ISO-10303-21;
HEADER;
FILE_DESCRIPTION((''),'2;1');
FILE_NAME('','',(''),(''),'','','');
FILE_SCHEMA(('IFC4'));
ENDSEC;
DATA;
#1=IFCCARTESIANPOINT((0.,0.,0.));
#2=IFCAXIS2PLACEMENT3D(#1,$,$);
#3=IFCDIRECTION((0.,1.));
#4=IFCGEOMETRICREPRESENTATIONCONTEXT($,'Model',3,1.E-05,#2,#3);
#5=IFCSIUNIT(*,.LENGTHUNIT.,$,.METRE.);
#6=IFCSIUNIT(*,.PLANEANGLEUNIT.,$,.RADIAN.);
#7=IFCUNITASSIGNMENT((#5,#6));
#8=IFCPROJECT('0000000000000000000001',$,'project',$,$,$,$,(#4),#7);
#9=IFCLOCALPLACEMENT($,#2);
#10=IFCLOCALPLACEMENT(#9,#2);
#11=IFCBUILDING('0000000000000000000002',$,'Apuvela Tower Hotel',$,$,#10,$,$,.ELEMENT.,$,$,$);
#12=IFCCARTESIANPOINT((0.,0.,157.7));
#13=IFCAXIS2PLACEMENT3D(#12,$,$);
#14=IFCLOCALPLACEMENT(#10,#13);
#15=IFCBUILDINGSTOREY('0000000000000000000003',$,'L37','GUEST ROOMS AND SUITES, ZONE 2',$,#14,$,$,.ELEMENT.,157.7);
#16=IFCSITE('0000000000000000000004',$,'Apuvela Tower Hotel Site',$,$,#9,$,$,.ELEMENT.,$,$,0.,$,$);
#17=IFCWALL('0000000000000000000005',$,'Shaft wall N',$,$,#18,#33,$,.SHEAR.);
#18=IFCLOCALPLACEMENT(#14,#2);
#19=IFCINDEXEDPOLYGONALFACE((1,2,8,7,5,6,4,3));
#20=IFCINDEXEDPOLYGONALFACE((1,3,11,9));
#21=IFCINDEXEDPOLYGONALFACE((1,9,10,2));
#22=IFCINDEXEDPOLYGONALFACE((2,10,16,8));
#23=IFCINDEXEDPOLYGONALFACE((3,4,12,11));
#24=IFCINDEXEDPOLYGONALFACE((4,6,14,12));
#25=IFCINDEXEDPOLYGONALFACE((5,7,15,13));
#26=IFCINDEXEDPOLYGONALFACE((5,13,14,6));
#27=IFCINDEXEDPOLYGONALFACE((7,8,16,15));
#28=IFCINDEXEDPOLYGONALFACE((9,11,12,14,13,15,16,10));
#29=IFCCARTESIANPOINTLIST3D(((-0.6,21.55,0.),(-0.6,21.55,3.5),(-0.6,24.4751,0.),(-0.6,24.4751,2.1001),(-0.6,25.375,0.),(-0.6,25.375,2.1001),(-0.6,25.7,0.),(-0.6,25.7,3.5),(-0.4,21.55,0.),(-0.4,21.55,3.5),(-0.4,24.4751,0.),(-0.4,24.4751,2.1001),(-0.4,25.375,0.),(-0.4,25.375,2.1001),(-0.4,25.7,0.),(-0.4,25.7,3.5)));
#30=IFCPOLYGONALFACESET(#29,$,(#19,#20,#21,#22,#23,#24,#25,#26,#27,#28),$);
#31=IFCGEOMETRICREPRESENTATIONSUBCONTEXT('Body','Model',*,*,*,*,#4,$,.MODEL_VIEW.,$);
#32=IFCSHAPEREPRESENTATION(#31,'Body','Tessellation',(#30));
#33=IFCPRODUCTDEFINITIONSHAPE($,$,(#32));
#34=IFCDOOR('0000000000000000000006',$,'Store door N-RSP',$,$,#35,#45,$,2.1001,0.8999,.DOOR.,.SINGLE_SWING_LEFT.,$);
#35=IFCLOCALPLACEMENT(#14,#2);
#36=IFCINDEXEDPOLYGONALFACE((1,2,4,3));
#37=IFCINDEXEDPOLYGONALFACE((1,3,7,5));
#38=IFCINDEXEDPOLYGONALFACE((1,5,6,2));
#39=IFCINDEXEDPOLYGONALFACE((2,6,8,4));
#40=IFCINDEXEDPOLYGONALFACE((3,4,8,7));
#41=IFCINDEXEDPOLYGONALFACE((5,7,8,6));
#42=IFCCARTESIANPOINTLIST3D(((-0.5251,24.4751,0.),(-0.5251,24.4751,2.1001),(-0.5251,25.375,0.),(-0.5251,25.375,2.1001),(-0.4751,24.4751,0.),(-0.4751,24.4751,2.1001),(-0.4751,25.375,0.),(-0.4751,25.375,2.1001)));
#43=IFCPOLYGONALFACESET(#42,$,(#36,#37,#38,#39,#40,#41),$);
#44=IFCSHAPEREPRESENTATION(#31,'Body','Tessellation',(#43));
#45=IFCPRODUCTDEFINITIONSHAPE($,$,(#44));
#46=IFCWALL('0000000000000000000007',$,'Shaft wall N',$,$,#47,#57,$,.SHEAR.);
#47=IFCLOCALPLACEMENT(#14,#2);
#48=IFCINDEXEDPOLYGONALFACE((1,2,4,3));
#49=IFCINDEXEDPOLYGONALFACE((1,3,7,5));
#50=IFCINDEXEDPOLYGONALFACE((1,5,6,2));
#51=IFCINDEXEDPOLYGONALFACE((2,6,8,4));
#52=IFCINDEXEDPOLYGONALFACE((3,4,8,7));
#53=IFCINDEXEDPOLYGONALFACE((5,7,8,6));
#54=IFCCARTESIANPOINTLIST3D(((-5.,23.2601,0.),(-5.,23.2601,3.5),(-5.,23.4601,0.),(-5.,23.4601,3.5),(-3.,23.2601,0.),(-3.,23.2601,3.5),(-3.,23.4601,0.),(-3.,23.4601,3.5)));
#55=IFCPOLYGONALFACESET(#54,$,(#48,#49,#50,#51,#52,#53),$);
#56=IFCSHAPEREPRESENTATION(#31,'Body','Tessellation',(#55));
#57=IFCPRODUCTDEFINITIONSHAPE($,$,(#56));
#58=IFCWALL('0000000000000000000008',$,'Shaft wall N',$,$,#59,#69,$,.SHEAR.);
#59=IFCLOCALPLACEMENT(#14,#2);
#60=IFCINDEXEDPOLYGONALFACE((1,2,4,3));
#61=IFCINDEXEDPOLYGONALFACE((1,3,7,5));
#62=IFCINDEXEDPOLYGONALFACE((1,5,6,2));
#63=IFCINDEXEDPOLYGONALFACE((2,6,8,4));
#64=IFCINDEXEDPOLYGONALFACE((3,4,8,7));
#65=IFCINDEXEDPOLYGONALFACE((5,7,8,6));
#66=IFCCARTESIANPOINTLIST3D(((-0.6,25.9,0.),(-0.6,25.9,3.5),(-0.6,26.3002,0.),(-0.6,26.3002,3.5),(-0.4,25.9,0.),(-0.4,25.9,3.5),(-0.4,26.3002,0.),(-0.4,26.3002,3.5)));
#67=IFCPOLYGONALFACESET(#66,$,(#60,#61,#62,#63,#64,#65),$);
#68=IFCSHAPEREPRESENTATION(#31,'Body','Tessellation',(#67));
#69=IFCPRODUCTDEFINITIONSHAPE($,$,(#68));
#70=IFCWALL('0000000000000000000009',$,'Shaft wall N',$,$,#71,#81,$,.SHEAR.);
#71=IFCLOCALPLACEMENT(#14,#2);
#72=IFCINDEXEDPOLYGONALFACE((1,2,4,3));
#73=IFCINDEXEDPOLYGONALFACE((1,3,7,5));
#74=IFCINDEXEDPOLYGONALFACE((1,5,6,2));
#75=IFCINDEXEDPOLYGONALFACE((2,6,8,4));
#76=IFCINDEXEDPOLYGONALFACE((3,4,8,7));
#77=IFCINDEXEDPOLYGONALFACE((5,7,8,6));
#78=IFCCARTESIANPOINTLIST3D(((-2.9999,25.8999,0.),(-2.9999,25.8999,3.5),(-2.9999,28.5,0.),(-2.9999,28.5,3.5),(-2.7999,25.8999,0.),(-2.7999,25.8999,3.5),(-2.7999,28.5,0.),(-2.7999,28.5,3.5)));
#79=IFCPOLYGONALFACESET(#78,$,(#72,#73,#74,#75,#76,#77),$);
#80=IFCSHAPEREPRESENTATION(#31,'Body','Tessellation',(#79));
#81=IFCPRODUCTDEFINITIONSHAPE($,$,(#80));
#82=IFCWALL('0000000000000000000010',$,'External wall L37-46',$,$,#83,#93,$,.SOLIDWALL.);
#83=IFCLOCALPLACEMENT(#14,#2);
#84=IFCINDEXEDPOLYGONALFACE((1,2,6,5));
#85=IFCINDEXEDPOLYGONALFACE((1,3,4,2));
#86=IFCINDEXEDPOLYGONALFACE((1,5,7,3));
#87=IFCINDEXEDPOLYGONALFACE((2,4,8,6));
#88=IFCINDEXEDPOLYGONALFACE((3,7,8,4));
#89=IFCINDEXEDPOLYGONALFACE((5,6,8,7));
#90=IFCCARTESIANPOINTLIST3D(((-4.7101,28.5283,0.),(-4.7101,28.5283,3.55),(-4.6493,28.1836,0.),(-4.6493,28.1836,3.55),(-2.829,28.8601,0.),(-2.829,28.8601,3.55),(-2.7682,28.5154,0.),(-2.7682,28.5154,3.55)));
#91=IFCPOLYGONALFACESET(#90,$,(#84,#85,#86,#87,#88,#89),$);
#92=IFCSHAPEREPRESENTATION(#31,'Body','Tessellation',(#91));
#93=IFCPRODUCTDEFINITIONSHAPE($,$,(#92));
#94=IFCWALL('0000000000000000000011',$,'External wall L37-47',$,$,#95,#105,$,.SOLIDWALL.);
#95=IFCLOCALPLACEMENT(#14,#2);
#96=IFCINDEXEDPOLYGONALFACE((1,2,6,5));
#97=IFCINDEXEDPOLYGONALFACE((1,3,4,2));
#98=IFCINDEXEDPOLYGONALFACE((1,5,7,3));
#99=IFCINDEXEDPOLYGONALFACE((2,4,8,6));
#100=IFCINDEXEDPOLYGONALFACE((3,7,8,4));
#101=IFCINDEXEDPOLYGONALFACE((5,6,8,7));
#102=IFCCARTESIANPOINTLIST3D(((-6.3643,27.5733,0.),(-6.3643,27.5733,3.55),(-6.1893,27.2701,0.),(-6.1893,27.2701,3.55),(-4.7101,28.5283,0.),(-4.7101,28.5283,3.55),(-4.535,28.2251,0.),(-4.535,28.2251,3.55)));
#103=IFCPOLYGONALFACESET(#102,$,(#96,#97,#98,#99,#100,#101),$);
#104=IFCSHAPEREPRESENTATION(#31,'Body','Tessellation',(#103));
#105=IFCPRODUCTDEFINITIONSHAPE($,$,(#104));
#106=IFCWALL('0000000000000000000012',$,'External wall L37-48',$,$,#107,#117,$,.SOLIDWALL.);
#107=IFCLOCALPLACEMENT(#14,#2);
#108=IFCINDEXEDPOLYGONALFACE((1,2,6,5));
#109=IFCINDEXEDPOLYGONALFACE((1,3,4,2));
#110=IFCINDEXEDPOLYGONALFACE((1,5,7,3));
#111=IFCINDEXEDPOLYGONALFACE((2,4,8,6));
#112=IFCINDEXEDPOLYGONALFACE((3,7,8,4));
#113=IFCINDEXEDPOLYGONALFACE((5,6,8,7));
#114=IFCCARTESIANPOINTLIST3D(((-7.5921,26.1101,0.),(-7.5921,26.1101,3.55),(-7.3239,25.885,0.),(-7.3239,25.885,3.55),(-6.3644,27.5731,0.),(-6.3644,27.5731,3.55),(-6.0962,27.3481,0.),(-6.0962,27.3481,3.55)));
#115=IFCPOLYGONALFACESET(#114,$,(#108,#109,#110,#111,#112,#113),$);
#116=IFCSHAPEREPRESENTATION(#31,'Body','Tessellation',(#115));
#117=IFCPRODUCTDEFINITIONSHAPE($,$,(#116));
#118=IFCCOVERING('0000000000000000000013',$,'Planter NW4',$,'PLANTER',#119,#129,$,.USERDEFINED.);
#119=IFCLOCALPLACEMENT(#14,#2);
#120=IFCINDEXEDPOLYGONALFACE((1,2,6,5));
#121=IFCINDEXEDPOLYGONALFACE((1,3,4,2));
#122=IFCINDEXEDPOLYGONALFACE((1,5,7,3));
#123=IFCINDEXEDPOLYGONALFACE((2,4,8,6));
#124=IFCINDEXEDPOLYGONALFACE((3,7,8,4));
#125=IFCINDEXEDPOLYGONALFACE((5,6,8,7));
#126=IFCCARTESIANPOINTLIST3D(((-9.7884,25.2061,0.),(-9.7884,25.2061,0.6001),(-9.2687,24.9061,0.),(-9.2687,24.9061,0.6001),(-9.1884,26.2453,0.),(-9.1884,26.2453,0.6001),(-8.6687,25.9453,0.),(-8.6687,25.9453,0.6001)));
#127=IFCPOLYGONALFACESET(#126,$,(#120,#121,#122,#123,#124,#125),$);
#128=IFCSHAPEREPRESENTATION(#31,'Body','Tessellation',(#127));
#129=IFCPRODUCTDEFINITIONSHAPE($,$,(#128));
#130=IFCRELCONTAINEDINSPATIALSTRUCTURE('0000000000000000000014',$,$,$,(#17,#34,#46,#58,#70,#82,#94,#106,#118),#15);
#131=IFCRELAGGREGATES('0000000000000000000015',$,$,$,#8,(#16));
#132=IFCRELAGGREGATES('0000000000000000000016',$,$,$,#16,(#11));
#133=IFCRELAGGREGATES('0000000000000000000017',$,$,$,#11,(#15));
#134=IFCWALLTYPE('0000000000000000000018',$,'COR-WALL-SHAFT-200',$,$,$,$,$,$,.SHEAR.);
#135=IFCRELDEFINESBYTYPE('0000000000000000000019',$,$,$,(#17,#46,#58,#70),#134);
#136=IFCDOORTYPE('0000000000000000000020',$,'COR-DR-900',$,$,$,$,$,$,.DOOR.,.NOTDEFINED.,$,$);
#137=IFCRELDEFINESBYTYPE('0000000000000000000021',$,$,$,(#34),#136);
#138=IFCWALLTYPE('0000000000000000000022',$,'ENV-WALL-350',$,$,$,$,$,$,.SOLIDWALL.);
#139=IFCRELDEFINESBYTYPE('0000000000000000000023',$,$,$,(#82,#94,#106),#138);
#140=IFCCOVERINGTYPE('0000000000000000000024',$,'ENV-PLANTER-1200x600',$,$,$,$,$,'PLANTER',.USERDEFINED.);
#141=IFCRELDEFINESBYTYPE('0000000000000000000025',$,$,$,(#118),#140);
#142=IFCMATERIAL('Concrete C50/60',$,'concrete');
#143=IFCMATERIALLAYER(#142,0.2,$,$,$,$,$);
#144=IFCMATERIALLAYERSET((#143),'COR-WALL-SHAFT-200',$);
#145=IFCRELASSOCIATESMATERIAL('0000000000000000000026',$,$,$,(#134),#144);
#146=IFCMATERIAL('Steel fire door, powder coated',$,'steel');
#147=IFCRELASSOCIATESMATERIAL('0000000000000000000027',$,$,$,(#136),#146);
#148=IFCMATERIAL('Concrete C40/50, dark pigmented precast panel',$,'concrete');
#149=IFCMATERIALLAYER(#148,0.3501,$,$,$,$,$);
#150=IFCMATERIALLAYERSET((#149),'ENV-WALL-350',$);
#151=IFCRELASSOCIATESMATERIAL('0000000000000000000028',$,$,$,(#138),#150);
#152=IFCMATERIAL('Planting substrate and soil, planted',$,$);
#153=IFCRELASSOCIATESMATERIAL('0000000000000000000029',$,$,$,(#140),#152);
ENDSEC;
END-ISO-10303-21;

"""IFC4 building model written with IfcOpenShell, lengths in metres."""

from ifc_helpers import new_model, si_unit, direction, frame, frame_2d, origin, origin_2d, place, context, subcontext, project, spatial, rectangle, extrude, material, layer, layer_set, type_object, element, fill, save


model = new_model("IFC4")

# Units and contexts
model_context = context("Model", 3, precision=1e-05, world=origin(), true_north=direction((0.0, 1.0)))
body_context = subcontext(model_context, "Body", "Model", "MODEL_VIEW")
ifc_project = project(units=[si_unit("LENGTHUNIT", "METRE"), si_unit("PLANEANGLEUNIT", "RADIAN")], contexts=[model_context])

# Site, building, storey
site_placement = place(None, origin())
site = spatial("IfcSite", under=ifc_project, at=site_placement, Name="Apuvela Tower Hotel Site", CompositionType="ELEMENT", RefElevation=0.0)
building_placement = place(site_placement, origin())
building = spatial("IfcBuilding", under=site, at=building_placement, Name="Apuvela Tower Hotel", CompositionType="ELEMENT")
storey_placement = place(building_placement, frame((0.0, 0.0, 157.7)))
storey = spatial("IfcBuildingStorey", under=building, at=storey_placement, Name="L37", Description="GUEST ROOMS AND SUITES, ZONE 2", CompositionType="ELEMENT", Elevation=157.7)

# Shared definitions
ifc_material_1 = material(Name="Concrete C50/60", Category="concrete")
ifc_layer_1 = layer(ifc_material_1, 0.2)
ifc_layer_set_1 = layer_set([ifc_layer_1], Name="COR-WALL-SHAFT-200")
wall_type_1 = type_object("IfcWallType", Name="COR-WALL-SHAFT-200", PredefinedType="SHEAR", material=ifc_layer_set_1)

# Wall, opening, door
wall_1_placement = place(storey_placement, frame((-0.5, 21.55, 0.0), z_axis=(0.0, 0.0, 1.0), x_axis=(0.0, 1.0, 0.0)))
wall_1 = element("IfcWall", 1, at=wall_1_placement, inside=storey, type_object=wall_type_1, Name="Shaft wall N", PredefinedType="SHEAR", context=body_context, shape_type="SweptSolid", body=[
    extrude(rectangle(XDim=4.1499, YDim=0.2, at=frame_2d((2.075, 0.0))), origin(), (0.0, 0.0, 1.0), 3.5),
])
opening_1_placement = place(wall_1_placement, frame((2.925, 0.0, 0.0)))
opening_1 = element("IfcOpeningElement", 2, at=opening_1_placement, cuts=wall_1, PredefinedType="OPENING", context=body_context, shape_type="SweptSolid", body=[
    extrude(rectangle(XDim=0.8999, YDim=2.1001, at=frame_2d((0.45, 1.05))), frame((0.0, 0.1099, 0.0), z_axis=(0.0, -1.0, 0.0), x_axis=(1.0, 0.0, 0.0)), (0.0, 0.0, 1.0), 0.22),
])
ifc_material_2 = material(Name="Steel fire door, powder coated", Category="steel")
door_type_1 = type_object("IfcDoorType", Name="COR-DR-900", OperationType="NOTDEFINED", PredefinedType="DOOR", material=ifc_material_2)
door_1_placement = place(opening_1_placement, frame((0.8999, 0.0, 0.0), z_axis=(0.0, 0.0, 1.0), x_axis=(-1.0, 0.0, 0.0)))
door_1 = element("IfcDoor", 3, at=door_1_placement, inside=storey, type_object=door_type_1, Name="Store door N-RSP", OperationType="SINGLE_SWING_LEFT", OverallHeight=2.1001, OverallWidth=0.8999, PredefinedType="DOOR", context=body_context, shape_type="SweptSolid", body=[
    extrude(rectangle(XDim=0.8999, YDim=2.1001, at=frame_2d((0.45, 1.05))), frame((0.0, 0.0249, 0.0), z_axis=(0.0, -1.0, 0.0), x_axis=(1.0, 0.0, 0.0)), (0.0, 0.0, 1.0), 0.05),
])
fill(opening_1, door_1)

# Walls
wall_2_placement = place(storey_placement, frame((-3.0, 23.3601, 0.0), z_axis=(0.0, 0.0, 1.0), x_axis=(-1.0, 0.0, 0.0)))
element("IfcWall", 4, at=wall_2_placement, inside=storey, type_object=wall_type_1, Name="Shaft wall N", PredefinedType="SHEAR", context=body_context, shape_type="SweptSolid", body=[
    extrude(rectangle(XDim=2.0, YDim=0.2, at=frame_2d((1.0, 0.0))), origin(), (0.0, 0.0, 1.0), 3.5),
])
wall_3_placement = place(storey_placement, frame((-0.5, 25.8999, 0.0), z_axis=(0.0, 0.0, 1.0), x_axis=(0.0, 1.0, 0.0)))
element("IfcWall", 5, at=wall_3_placement, inside=storey, type_object=wall_type_1, Name="Shaft wall N", PredefinedType="SHEAR", context=body_context, shape_type="SweptSolid", body=[
    extrude(rectangle(XDim=0.4001, YDim=0.2, at=frame_2d((0.2002, 0.0))), origin(), (0.0, 0.0, 1.0), 3.5),
])
wall_4_placement = place(storey_placement, frame((-2.8999, 25.8999, 0.0), z_axis=(0.0, 0.0, 1.0), x_axis=(0.0, 1.0, 0.0)))
element("IfcWall", 6, at=wall_4_placement, inside=storey, type_object=wall_type_1, Name="Shaft wall N", PredefinedType="SHEAR", context=body_context, shape_type="SweptSolid", body=[
    extrude(rectangle(XDim=2.6001, YDim=0.2, at=frame_2d((1.3, 0.0))), origin(), (0.0, 0.0, 1.0), 3.5),
])

# Shared definitions
ifc_material_3 = material(Name="Concrete C40/50, dark pigmented precast panel", Category="concrete")
ifc_layer_2 = layer(ifc_material_3, 0.3501)
ifc_layer_set_2 = layer_set([ifc_layer_2], Name="ENV-WALL-350")
wall_type_2 = type_object("IfcWallType", Name="ENV-WALL-350", PredefinedType="SOLIDWALL", material=ifc_layer_set_2)

# Walls
for number, where, z_axis, x_axis, name in (
    (7, (-2.7986, 28.6877, 0.0), (0.0, 0.0, 1.0), (-0.984799, -0.173698, 0.0), "External wall L37-46"),
    (8, (-4.6226, 28.3767, 0.0), (0.0, 0.0, 1.0), (-0.866032, -0.499988, 0.0), "External wall L37-47"),
):
    element("IfcWall", number, at=place(storey_placement, frame(where, z_axis=z_axis, x_axis=x_axis)), inside=storey, type_object=wall_type_2, Name=name, PredefinedType="SOLIDWALL", context=body_context, shape_type="SweptSolid", body=[
        extrude(rectangle(XDim=1.9102, YDim=0.3501, at=frame_2d((0.9551, 0.0))), origin(), (0.0, 0.0, 1.0), 3.55),
    ])
wall_5_placement = place(storey_placement, frame((-6.2302, 27.4607, 0.0), z_axis=(0.0, 0.0, 1.0), x_axis=(-0.642808, -0.766027, 0.0)))
element("IfcWall", 9, at=wall_5_placement, inside=storey, type_object=wall_type_2, Name="External wall L37-48", PredefinedType="SOLIDWALL", context=body_context, shape_type="SweptSolid", body=[
    extrude(rectangle(XDim=1.9099, YDim=0.3501, at=frame_2d((0.9551, 0.0))), origin(), (0.0, 0.0, 1.0), 3.55),
])

# Covering
ifc_material_4 = material(Name="Planting substrate and soil, planted")
covering_type = type_object("IfcCoveringType", Name="ENV-PLANTER-1200x600", ElementType="PLANTER", PredefinedType="USERDEFINED", material=ifc_material_4)
covering_placement = place(storey_placement, frame((-9.2285, 25.5757, 0.0), z_axis=(0.0, 0.0, 1.0), x_axis=(-0.5, -0.866025, 0.0)))
element("IfcCovering", 10, at=covering_placement, inside=storey, type_object=covering_type, Name="Planter NW4", ObjectType="PLANTER", PredefinedType="USERDEFINED", context=body_context, shape_type="SweptSolid", body=[
    extrude(rectangle(XDim=1.2, YDim=0.6001, at=origin_2d()), origin(), (0.0, 0.0, 1.0), 0.6001),
])

save(model, "model.ifc")
